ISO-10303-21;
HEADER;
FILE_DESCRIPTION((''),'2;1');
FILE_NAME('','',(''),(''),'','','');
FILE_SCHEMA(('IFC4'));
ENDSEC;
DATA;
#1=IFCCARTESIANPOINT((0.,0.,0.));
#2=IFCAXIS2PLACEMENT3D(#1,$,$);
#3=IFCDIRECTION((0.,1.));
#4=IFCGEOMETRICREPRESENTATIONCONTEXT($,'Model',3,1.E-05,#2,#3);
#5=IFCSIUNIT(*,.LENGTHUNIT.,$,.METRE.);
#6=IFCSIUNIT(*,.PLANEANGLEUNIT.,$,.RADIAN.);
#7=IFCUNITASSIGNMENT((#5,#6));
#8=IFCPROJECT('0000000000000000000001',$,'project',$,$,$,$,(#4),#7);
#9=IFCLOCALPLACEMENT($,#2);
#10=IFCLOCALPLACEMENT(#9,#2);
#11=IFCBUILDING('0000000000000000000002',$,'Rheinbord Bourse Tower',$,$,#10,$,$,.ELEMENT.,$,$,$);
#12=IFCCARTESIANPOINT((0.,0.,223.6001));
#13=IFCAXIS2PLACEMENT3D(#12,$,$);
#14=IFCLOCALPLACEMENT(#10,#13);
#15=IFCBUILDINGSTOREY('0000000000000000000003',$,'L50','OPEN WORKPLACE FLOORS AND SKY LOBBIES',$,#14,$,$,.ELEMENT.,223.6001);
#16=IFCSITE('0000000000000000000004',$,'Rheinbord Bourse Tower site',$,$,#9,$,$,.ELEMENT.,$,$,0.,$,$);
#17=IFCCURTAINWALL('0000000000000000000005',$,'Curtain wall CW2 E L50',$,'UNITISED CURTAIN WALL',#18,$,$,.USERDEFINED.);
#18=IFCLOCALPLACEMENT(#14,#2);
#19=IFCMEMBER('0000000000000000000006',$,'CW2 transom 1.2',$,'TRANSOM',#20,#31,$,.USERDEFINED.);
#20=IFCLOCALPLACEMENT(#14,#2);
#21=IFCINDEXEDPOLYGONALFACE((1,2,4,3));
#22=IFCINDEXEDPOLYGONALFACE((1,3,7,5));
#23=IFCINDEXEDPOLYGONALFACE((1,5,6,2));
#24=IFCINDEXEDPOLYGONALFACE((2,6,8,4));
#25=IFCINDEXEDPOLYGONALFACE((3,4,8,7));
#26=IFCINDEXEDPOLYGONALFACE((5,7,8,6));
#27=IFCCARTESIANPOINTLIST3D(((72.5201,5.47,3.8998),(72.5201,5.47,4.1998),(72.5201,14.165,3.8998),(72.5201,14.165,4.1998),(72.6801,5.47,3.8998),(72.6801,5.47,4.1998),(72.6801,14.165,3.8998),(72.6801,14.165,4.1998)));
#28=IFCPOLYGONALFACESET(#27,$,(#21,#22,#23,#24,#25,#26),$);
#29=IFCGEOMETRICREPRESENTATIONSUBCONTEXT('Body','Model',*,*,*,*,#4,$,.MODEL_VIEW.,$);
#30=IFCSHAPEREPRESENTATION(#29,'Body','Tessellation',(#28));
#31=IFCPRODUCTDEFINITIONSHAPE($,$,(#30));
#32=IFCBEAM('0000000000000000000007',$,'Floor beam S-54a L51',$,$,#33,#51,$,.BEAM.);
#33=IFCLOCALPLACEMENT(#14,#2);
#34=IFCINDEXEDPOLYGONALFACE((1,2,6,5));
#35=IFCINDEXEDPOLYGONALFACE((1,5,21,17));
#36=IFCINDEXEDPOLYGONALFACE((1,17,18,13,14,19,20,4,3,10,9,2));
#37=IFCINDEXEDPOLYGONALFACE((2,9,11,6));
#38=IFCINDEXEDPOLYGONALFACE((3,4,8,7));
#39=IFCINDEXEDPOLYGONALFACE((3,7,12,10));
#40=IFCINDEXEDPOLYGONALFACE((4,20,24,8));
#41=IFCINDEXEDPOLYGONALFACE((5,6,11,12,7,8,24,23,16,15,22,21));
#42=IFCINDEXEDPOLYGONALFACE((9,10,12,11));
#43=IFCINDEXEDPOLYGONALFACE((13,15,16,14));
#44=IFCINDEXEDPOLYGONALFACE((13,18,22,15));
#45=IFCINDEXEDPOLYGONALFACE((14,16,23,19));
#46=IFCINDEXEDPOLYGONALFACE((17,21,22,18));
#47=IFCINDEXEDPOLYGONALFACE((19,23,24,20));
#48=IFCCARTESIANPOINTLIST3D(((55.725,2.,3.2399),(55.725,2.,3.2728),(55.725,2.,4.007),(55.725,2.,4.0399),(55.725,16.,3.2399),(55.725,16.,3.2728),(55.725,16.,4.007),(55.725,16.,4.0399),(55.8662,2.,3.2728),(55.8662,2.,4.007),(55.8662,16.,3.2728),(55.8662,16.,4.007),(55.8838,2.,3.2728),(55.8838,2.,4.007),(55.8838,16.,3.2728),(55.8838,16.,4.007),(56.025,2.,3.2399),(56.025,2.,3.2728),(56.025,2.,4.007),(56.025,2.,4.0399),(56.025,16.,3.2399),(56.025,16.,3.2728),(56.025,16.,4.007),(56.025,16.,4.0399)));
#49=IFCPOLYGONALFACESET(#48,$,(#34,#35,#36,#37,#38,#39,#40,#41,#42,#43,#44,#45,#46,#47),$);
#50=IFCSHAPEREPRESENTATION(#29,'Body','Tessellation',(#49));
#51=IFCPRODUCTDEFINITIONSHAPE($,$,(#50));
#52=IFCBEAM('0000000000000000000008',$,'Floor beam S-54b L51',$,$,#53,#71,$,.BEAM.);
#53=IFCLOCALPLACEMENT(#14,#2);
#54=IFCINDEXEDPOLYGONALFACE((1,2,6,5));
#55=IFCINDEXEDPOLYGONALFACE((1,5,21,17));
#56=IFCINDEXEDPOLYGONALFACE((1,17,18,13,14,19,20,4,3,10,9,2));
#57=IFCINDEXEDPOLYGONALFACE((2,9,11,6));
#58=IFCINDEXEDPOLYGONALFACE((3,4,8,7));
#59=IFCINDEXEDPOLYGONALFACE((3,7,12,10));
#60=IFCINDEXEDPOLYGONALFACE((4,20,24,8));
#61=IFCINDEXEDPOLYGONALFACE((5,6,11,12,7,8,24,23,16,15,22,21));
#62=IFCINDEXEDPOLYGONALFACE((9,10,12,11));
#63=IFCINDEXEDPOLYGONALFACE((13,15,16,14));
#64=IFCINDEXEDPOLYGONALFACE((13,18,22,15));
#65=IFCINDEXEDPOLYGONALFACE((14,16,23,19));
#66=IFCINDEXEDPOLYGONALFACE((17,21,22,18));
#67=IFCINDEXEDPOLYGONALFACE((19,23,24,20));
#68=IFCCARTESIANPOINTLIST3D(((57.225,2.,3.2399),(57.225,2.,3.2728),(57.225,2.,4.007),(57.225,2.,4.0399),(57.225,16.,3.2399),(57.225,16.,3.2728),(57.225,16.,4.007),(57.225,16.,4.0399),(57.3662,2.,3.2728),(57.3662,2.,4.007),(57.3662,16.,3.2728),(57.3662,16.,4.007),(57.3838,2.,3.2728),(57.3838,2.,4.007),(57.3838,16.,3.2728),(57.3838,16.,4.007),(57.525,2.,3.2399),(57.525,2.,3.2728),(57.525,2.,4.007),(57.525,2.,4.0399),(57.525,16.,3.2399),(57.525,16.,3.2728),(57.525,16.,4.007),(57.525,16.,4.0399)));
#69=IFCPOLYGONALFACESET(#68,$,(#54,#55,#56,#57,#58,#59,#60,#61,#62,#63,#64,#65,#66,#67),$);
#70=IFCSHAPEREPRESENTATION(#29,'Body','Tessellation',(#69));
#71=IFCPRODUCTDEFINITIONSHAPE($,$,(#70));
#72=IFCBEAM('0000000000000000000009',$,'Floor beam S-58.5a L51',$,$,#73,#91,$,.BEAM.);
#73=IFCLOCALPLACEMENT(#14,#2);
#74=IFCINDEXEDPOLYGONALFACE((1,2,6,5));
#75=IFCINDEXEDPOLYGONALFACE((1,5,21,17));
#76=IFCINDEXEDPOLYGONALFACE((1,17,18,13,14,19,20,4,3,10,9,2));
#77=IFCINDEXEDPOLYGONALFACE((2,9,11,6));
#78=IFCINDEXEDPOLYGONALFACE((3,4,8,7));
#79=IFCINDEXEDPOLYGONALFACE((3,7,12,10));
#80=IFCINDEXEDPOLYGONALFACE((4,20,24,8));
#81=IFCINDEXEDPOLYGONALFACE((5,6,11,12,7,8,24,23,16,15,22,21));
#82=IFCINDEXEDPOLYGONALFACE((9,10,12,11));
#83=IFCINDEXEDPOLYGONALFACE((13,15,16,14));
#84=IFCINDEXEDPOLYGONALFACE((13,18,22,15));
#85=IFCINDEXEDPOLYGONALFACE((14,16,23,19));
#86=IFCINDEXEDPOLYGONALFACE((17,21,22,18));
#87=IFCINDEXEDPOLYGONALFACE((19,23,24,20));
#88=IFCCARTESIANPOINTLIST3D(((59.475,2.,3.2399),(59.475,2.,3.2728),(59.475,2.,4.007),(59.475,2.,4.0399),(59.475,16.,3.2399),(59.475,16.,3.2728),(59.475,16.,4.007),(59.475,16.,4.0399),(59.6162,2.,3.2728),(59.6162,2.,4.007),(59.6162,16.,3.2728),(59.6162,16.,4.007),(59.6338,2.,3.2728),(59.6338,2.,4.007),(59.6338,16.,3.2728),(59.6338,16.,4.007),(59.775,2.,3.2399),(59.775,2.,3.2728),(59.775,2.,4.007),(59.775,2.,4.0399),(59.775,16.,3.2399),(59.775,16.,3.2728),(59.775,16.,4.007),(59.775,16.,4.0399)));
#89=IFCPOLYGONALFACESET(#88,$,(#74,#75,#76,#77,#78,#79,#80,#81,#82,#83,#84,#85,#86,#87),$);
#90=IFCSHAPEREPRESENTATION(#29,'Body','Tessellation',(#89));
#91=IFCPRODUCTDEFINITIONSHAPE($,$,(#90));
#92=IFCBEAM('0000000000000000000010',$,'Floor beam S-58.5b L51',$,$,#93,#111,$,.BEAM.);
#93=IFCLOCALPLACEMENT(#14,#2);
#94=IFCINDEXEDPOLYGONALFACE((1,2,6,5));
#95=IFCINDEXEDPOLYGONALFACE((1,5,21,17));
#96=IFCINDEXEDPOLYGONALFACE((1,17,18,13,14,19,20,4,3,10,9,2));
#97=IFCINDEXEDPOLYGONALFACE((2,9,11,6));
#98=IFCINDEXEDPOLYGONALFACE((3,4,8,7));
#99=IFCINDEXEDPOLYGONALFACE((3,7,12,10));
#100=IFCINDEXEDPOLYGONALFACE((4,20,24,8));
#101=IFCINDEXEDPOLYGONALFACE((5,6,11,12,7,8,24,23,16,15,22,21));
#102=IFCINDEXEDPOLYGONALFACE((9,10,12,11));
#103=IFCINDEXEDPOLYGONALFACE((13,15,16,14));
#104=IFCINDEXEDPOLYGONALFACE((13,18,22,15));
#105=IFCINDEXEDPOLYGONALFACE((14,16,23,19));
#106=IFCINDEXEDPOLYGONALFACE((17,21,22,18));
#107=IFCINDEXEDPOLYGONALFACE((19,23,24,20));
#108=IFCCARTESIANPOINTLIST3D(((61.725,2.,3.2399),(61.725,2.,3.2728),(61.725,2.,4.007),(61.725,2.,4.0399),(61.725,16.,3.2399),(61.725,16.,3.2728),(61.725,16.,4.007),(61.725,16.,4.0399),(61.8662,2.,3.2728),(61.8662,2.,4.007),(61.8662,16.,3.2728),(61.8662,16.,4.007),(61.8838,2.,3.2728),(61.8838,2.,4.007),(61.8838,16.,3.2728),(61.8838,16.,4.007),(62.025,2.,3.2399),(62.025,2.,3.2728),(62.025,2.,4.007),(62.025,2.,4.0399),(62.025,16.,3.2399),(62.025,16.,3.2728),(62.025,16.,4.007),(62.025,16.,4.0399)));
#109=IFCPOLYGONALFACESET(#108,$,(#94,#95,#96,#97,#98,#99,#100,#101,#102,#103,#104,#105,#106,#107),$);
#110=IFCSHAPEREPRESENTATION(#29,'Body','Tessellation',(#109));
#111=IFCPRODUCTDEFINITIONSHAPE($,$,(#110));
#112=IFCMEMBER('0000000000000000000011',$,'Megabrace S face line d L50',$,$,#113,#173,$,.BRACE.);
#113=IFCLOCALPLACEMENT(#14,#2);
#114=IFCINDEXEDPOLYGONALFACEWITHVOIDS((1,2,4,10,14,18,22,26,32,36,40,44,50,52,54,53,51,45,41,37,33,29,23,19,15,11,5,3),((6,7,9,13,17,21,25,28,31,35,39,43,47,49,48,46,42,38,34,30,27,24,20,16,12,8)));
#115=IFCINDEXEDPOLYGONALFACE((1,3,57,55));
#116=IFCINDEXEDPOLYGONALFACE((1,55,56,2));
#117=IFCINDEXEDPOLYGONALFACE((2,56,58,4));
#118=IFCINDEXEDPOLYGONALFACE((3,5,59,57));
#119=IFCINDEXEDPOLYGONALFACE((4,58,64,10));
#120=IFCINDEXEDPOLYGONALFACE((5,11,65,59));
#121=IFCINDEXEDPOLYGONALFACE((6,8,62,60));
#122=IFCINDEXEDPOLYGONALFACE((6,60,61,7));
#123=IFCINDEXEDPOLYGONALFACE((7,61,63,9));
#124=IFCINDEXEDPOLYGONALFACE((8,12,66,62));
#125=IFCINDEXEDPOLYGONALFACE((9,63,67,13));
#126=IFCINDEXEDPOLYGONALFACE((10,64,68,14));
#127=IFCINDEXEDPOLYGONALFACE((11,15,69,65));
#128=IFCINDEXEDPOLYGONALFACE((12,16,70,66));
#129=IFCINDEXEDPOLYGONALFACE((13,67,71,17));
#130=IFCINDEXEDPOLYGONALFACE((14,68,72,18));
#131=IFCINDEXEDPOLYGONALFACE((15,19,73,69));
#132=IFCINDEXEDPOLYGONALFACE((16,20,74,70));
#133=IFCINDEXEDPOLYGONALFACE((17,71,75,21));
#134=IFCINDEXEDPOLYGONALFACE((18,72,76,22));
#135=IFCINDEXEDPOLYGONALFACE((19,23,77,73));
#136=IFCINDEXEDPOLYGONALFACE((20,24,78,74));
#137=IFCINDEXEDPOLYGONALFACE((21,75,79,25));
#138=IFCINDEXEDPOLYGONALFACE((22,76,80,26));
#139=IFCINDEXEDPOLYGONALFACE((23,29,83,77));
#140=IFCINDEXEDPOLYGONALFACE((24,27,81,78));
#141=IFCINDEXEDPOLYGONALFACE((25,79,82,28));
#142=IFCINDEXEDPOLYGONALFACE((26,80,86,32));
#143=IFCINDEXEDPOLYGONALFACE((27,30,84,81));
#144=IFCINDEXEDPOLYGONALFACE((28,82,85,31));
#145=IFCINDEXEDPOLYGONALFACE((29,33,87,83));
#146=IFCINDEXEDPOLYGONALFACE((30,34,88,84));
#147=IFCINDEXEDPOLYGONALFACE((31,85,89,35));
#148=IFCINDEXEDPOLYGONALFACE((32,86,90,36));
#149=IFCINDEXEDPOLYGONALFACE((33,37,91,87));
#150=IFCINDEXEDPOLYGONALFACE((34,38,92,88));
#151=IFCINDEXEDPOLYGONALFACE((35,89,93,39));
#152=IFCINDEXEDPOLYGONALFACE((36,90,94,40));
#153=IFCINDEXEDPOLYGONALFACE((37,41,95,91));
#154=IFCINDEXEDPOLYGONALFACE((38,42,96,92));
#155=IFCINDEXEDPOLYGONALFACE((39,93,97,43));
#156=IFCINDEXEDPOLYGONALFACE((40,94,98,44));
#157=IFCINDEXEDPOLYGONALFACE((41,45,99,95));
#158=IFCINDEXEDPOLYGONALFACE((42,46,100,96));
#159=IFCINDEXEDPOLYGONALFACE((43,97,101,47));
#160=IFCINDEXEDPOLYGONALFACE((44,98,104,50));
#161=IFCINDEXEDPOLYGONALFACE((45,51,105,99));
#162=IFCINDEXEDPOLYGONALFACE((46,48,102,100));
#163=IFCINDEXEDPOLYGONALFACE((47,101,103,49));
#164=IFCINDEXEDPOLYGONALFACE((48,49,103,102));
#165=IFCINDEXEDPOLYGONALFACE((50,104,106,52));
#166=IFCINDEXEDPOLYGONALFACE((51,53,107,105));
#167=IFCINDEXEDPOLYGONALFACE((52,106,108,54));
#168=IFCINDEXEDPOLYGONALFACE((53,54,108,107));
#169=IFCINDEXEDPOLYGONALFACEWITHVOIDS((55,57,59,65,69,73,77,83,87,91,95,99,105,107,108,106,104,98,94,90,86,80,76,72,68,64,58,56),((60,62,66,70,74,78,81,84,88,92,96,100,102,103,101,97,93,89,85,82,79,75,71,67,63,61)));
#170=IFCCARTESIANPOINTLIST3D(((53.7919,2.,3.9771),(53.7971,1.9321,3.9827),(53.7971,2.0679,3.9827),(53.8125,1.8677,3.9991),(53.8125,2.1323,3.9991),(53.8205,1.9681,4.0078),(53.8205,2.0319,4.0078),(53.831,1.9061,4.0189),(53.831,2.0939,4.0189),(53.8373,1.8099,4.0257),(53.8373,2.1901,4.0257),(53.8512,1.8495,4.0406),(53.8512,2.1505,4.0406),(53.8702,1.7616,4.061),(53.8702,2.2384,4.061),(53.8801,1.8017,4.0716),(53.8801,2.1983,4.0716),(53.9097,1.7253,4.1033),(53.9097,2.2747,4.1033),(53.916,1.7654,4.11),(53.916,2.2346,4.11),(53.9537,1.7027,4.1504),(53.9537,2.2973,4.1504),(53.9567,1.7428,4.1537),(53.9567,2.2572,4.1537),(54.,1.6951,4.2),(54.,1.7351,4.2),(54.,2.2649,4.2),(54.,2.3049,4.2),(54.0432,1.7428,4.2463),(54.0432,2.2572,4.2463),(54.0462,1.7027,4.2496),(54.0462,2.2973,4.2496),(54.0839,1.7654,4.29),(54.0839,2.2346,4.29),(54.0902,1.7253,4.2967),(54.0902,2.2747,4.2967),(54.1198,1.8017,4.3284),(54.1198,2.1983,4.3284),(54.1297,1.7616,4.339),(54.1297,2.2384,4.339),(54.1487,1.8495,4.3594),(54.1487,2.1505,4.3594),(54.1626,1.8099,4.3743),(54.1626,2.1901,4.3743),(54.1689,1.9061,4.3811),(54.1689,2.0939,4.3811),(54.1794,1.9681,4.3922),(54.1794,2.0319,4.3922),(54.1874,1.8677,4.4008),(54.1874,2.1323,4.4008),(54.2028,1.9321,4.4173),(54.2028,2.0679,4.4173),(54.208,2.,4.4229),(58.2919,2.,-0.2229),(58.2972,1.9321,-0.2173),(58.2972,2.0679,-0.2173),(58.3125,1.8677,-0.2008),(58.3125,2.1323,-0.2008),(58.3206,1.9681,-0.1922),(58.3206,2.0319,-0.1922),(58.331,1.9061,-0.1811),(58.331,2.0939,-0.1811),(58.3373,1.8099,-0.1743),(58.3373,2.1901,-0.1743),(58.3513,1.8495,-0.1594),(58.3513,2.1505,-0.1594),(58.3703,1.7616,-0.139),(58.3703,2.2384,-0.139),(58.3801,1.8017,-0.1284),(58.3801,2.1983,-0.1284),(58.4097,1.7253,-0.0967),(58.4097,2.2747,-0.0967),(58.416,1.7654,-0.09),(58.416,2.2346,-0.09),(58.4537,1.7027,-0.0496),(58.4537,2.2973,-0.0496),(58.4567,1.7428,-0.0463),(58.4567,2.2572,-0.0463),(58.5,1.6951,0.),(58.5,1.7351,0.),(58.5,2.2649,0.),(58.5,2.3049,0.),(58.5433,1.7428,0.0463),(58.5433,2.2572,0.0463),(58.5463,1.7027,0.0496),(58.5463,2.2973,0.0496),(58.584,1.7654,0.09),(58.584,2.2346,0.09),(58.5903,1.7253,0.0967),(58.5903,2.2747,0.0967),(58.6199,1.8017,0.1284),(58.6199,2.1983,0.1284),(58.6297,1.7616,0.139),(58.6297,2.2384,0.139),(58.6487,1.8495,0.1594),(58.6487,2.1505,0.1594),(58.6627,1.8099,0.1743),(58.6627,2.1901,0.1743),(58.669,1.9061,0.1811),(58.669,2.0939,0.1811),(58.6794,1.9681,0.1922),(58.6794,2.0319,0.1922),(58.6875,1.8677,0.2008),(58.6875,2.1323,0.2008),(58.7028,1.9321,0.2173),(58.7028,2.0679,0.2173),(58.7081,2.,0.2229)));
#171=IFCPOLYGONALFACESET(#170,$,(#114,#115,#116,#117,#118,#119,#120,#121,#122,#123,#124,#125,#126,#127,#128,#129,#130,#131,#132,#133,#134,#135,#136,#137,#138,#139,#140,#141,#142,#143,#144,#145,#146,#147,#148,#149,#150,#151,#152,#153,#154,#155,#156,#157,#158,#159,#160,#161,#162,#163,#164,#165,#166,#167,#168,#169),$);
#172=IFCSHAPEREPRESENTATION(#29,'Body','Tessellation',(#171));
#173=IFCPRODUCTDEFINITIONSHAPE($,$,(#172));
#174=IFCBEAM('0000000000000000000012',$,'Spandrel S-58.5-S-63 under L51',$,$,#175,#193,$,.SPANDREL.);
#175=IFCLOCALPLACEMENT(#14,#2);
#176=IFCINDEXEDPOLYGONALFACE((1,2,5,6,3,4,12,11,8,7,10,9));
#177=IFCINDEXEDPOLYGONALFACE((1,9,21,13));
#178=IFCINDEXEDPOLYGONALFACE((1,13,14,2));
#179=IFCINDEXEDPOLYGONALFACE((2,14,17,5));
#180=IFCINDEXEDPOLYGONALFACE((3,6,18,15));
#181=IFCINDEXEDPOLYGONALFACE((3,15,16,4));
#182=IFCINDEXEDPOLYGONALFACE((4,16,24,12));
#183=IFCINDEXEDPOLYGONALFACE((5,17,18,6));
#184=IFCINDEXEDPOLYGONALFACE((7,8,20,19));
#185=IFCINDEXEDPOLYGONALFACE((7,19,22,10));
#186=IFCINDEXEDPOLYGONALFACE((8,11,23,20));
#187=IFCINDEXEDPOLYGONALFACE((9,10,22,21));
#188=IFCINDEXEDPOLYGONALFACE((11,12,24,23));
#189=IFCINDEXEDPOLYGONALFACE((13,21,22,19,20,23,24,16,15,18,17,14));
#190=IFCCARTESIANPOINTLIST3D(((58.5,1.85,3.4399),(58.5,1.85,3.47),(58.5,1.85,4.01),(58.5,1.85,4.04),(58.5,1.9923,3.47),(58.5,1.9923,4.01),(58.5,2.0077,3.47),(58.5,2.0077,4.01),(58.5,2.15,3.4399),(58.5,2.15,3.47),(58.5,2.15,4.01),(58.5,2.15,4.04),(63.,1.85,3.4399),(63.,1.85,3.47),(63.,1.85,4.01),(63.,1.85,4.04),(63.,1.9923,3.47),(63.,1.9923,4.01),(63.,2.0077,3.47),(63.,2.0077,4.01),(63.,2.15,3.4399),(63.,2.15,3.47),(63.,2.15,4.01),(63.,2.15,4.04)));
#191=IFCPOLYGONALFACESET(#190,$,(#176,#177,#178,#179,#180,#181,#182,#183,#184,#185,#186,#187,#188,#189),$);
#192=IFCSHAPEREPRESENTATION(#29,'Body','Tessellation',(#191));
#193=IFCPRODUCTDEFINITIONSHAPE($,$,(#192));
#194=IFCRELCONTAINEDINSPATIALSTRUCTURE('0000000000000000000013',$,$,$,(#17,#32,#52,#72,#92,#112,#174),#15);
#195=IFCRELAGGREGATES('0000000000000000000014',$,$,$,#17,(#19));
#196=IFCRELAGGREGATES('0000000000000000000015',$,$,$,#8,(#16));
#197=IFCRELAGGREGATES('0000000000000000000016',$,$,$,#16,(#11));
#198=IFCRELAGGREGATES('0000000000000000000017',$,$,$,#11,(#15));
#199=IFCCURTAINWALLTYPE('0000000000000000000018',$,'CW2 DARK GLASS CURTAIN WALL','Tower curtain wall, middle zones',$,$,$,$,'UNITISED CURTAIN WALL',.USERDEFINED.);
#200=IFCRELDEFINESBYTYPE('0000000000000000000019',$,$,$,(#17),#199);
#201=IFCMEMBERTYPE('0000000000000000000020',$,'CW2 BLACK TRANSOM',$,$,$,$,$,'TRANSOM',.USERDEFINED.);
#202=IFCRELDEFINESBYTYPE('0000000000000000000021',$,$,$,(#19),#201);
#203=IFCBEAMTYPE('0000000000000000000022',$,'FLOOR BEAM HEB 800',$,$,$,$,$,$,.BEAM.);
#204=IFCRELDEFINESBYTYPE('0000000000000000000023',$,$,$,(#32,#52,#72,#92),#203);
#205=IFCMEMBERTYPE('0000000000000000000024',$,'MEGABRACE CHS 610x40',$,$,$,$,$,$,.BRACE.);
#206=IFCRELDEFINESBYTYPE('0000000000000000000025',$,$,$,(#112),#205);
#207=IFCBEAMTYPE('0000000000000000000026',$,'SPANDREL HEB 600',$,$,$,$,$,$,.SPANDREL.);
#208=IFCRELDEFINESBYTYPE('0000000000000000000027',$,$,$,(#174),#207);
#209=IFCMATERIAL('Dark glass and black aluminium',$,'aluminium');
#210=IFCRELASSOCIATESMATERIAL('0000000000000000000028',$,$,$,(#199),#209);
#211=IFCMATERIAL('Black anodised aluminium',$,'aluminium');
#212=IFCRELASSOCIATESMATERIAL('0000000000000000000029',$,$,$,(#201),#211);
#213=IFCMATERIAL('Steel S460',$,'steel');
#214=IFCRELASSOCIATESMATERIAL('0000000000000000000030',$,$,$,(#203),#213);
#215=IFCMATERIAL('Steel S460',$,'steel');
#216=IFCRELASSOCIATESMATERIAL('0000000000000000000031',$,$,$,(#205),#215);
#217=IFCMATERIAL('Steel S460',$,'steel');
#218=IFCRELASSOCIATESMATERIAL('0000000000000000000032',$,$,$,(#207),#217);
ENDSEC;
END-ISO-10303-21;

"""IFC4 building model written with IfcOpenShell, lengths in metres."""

from ifc_helpers import new_model, si_unit, direction, frame, origin, origin_2d, place, context, subcontext, project, spatial, rectangle, hollow_circle, i_section, extrude, material, material_profile, profile_set, type_object, element, aggregate, save


model = new_model("IFC4")

# Units and contexts
model_context = context("Model", 3, precision=1e-05, world=origin(), true_north=direction((0.0, 1.0)))
body_context = subcontext(model_context, "Body", "Model", "MODEL_VIEW")
ifc_project = project(units=[si_unit("LENGTHUNIT", "METRE"), si_unit("PLANEANGLEUNIT", "RADIAN")], contexts=[model_context])

# Site, building, storey
site_placement = place(None, origin())
site = spatial("IfcSite", under=ifc_project, at=site_placement, Name="Rheinbord Bourse Tower site", CompositionType="ELEMENT", RefElevation=0.0)
building_placement = place(site_placement, origin())
building = spatial("IfcBuilding", under=site, at=building_placement, Name="Rheinbord Bourse Tower", CompositionType="ELEMENT")
storey_placement = place(building_placement, frame((0.0, 0.0, 223.6001)))
storey = spatial("IfcBuildingStorey", under=building, at=storey_placement, Name="L50", Description="OPEN WORKPLACE FLOORS AND SKY LOBBIES", CompositionType="ELEMENT", Elevation=223.6001)

# Shared definitions
ifc_material_1 = material(Name="Dark glass and black aluminium", Category="aluminium")
curtain_wall_type = type_object("IfcCurtainWallType", Name="CW2 DARK GLASS CURTAIN WALL", Description="Tower curtain wall, middle zones", ElementType="UNITISED CURTAIN WALL", PredefinedType="USERDEFINED", material=ifc_material_1)

# Curtain wall
curtain_wall_1_placement = place(storey_placement, origin())
curtain_wall_1 = element("IfcCurtainWall", 1, at=curtain_wall_1_placement, inside=storey, type_object=curtain_wall_type, Name="Curtain wall CW2 E L50", ObjectType="UNITISED CURTAIN WALL", PredefinedType="USERDEFINED")

# Member
ifc_material_2 = material(Name="Black anodised aluminium", Category="aluminium")
ifc_material_profile_1 = material_profile(ifc_material_2, rectangle(XDim=0.1599, YDim=0.3, at=origin_2d()), Name="CW2 TRANSOM 300x160")
ifc_profile_set_1 = profile_set([ifc_material_profile_1], Name="Black anodised aluminium")
member_type_1 = type_object("IfcMemberType", Name="CW2 BLACK TRANSOM", ElementType="TRANSOM", PredefinedType="USERDEFINED", material=ifc_profile_set_1)
member_1_placement = place(storey_placement, frame((72.6001, 5.47, 4.0498), z_axis=(0.0, 1.0, 0.0), x_axis=(-1.0, 0.0, 0.0)))
member_1 = element("IfcMember", 2, at=member_1_placement, type_object=member_type_1, Name="CW2 transom 1.2", ObjectType="TRANSOM", PredefinedType="USERDEFINED", context=body_context, shape_type="SweptSolid", body=[
    extrude(rectangle(XDim=0.1599, YDim=0.3, at=origin_2d()), origin(), (0.0, 0.0, 1.0), 8.6951),
])

# Beams
ifc_material_3 = material(Name="Steel S460", Category="steel")
ifc_material_profile_2 = material_profile(ifc_material_3, i_section(OverallWidth=0.3, OverallDepth=0.8, WebThickness=0.0176, FlangeThickness=0.033, at=origin_2d()), Name="HEB 800")
ifc_profile_set_2 = profile_set([ifc_material_profile_2], Name="Steel S460")
beam_type_1 = type_object("IfcBeamType", Name="FLOOR BEAM HEB 800", PredefinedType="BEAM", material=ifc_profile_set_2)
for number, where, z_axis, x_axis, name in (
    (3, (55.875, 2.0, 3.6399), (0.0, 1.0, 0.0), (-1.0, 0.0, 0.0), "Floor beam S-54a L51"),
    (4, (57.375, 2.0, 3.6399), (0.0, 1.0, 0.0), (-1.0, 0.0, 0.0), "Floor beam S-54b L51"),
    (5, (59.625, 2.0, 3.6399), (0.0, 1.0, 0.0), (-1.0, 0.0, 0.0), "Floor beam S-58.5a L51"),
    (6, (61.875, 2.0, 3.6399), (0.0, 1.0, 0.0), (-1.0, 0.0, 0.0), "Floor beam S-58.5b L51"),
):
    element("IfcBeam", number, at=place(storey_placement, frame(where, z_axis=z_axis, x_axis=x_axis)), inside=storey, type_object=beam_type_1, Name=name, PredefinedType="BEAM", context=body_context, shape_type="SweptSolid", body=[
        extrude(i_section(OverallWidth=0.3, OverallDepth=0.8, WebThickness=0.0176, FlangeThickness=0.033, at=origin_2d()), origin(), (0.0, 0.0, 1.0), 14.0),
    ])

# Member
ifc_material_4 = material(Name="Steel S460", Category="steel")
ifc_material_profile_3 = material_profile(ifc_material_4, hollow_circle(Radius=0.3049, WallThickness=0.04, at=origin_2d()), Name="CHS 610x40")
ifc_profile_set_3 = profile_set([ifc_material_profile_3], Name="Steel S460")
member_type_2 = type_object("IfcMemberType", Name="MEGABRACE CHS 610x40", PredefinedType="BRACE", material=ifc_profile_set_3)
member_2_placement = place(storey_placement, frame((58.5, 2.0, 0.0), z_axis=(-0.731059, 0.0, 0.682314), x_axis=(0.0, -1.0, 0.0)))
element("IfcMember", 7, at=member_2_placement, inside=storey, type_object=member_type_2, Name="Megabrace S face line d L50", PredefinedType="BRACE", context=body_context, shape_type="SweptSolid", body=[
    extrude(hollow_circle(Radius=0.3049, WallThickness=0.04, at=origin_2d()), origin(), (0.0, 0.0, 1.0), 6.1555),
])

# Beam
ifc_material_5 = material(Name="Steel S460", Category="steel")
ifc_material_profile_4 = material_profile(ifc_material_5, i_section(OverallWidth=0.3, OverallDepth=0.6001, WebThickness=0.0154, FlangeThickness=0.03, at=origin_2d()), Name="HEB 600")
ifc_profile_set_4 = profile_set([ifc_material_profile_4], Name="Steel S460")
beam_type_2 = type_object("IfcBeamType", Name="SPANDREL HEB 600", PredefinedType="SPANDREL", material=ifc_profile_set_4)
for number, where, z_axis, x_axis, name in (
    (8, (58.5, 2.0, 3.74), (1.0, 0.0, 0.0), (0.0, 1.0, 0.0), "Spandrel S-58.5-S-63 under L51"),
):
    element("IfcBeam", number, at=place(storey_placement, frame(where, z_axis=z_axis, x_axis=x_axis)), inside=storey, type_object=beam_type_2, Name=name, PredefinedType="SPANDREL", context=body_context, shape_type="SweptSolid", body=[
        extrude(i_section(OverallWidth=0.3, OverallDepth=0.6001, WebThickness=0.0154, FlangeThickness=0.03, at=origin_2d()), origin(), (0.0, 0.0, 1.0), 4.5),
    ])

aggregate(curtain_wall_1, [member_1])

save(model, "model.ifc")
